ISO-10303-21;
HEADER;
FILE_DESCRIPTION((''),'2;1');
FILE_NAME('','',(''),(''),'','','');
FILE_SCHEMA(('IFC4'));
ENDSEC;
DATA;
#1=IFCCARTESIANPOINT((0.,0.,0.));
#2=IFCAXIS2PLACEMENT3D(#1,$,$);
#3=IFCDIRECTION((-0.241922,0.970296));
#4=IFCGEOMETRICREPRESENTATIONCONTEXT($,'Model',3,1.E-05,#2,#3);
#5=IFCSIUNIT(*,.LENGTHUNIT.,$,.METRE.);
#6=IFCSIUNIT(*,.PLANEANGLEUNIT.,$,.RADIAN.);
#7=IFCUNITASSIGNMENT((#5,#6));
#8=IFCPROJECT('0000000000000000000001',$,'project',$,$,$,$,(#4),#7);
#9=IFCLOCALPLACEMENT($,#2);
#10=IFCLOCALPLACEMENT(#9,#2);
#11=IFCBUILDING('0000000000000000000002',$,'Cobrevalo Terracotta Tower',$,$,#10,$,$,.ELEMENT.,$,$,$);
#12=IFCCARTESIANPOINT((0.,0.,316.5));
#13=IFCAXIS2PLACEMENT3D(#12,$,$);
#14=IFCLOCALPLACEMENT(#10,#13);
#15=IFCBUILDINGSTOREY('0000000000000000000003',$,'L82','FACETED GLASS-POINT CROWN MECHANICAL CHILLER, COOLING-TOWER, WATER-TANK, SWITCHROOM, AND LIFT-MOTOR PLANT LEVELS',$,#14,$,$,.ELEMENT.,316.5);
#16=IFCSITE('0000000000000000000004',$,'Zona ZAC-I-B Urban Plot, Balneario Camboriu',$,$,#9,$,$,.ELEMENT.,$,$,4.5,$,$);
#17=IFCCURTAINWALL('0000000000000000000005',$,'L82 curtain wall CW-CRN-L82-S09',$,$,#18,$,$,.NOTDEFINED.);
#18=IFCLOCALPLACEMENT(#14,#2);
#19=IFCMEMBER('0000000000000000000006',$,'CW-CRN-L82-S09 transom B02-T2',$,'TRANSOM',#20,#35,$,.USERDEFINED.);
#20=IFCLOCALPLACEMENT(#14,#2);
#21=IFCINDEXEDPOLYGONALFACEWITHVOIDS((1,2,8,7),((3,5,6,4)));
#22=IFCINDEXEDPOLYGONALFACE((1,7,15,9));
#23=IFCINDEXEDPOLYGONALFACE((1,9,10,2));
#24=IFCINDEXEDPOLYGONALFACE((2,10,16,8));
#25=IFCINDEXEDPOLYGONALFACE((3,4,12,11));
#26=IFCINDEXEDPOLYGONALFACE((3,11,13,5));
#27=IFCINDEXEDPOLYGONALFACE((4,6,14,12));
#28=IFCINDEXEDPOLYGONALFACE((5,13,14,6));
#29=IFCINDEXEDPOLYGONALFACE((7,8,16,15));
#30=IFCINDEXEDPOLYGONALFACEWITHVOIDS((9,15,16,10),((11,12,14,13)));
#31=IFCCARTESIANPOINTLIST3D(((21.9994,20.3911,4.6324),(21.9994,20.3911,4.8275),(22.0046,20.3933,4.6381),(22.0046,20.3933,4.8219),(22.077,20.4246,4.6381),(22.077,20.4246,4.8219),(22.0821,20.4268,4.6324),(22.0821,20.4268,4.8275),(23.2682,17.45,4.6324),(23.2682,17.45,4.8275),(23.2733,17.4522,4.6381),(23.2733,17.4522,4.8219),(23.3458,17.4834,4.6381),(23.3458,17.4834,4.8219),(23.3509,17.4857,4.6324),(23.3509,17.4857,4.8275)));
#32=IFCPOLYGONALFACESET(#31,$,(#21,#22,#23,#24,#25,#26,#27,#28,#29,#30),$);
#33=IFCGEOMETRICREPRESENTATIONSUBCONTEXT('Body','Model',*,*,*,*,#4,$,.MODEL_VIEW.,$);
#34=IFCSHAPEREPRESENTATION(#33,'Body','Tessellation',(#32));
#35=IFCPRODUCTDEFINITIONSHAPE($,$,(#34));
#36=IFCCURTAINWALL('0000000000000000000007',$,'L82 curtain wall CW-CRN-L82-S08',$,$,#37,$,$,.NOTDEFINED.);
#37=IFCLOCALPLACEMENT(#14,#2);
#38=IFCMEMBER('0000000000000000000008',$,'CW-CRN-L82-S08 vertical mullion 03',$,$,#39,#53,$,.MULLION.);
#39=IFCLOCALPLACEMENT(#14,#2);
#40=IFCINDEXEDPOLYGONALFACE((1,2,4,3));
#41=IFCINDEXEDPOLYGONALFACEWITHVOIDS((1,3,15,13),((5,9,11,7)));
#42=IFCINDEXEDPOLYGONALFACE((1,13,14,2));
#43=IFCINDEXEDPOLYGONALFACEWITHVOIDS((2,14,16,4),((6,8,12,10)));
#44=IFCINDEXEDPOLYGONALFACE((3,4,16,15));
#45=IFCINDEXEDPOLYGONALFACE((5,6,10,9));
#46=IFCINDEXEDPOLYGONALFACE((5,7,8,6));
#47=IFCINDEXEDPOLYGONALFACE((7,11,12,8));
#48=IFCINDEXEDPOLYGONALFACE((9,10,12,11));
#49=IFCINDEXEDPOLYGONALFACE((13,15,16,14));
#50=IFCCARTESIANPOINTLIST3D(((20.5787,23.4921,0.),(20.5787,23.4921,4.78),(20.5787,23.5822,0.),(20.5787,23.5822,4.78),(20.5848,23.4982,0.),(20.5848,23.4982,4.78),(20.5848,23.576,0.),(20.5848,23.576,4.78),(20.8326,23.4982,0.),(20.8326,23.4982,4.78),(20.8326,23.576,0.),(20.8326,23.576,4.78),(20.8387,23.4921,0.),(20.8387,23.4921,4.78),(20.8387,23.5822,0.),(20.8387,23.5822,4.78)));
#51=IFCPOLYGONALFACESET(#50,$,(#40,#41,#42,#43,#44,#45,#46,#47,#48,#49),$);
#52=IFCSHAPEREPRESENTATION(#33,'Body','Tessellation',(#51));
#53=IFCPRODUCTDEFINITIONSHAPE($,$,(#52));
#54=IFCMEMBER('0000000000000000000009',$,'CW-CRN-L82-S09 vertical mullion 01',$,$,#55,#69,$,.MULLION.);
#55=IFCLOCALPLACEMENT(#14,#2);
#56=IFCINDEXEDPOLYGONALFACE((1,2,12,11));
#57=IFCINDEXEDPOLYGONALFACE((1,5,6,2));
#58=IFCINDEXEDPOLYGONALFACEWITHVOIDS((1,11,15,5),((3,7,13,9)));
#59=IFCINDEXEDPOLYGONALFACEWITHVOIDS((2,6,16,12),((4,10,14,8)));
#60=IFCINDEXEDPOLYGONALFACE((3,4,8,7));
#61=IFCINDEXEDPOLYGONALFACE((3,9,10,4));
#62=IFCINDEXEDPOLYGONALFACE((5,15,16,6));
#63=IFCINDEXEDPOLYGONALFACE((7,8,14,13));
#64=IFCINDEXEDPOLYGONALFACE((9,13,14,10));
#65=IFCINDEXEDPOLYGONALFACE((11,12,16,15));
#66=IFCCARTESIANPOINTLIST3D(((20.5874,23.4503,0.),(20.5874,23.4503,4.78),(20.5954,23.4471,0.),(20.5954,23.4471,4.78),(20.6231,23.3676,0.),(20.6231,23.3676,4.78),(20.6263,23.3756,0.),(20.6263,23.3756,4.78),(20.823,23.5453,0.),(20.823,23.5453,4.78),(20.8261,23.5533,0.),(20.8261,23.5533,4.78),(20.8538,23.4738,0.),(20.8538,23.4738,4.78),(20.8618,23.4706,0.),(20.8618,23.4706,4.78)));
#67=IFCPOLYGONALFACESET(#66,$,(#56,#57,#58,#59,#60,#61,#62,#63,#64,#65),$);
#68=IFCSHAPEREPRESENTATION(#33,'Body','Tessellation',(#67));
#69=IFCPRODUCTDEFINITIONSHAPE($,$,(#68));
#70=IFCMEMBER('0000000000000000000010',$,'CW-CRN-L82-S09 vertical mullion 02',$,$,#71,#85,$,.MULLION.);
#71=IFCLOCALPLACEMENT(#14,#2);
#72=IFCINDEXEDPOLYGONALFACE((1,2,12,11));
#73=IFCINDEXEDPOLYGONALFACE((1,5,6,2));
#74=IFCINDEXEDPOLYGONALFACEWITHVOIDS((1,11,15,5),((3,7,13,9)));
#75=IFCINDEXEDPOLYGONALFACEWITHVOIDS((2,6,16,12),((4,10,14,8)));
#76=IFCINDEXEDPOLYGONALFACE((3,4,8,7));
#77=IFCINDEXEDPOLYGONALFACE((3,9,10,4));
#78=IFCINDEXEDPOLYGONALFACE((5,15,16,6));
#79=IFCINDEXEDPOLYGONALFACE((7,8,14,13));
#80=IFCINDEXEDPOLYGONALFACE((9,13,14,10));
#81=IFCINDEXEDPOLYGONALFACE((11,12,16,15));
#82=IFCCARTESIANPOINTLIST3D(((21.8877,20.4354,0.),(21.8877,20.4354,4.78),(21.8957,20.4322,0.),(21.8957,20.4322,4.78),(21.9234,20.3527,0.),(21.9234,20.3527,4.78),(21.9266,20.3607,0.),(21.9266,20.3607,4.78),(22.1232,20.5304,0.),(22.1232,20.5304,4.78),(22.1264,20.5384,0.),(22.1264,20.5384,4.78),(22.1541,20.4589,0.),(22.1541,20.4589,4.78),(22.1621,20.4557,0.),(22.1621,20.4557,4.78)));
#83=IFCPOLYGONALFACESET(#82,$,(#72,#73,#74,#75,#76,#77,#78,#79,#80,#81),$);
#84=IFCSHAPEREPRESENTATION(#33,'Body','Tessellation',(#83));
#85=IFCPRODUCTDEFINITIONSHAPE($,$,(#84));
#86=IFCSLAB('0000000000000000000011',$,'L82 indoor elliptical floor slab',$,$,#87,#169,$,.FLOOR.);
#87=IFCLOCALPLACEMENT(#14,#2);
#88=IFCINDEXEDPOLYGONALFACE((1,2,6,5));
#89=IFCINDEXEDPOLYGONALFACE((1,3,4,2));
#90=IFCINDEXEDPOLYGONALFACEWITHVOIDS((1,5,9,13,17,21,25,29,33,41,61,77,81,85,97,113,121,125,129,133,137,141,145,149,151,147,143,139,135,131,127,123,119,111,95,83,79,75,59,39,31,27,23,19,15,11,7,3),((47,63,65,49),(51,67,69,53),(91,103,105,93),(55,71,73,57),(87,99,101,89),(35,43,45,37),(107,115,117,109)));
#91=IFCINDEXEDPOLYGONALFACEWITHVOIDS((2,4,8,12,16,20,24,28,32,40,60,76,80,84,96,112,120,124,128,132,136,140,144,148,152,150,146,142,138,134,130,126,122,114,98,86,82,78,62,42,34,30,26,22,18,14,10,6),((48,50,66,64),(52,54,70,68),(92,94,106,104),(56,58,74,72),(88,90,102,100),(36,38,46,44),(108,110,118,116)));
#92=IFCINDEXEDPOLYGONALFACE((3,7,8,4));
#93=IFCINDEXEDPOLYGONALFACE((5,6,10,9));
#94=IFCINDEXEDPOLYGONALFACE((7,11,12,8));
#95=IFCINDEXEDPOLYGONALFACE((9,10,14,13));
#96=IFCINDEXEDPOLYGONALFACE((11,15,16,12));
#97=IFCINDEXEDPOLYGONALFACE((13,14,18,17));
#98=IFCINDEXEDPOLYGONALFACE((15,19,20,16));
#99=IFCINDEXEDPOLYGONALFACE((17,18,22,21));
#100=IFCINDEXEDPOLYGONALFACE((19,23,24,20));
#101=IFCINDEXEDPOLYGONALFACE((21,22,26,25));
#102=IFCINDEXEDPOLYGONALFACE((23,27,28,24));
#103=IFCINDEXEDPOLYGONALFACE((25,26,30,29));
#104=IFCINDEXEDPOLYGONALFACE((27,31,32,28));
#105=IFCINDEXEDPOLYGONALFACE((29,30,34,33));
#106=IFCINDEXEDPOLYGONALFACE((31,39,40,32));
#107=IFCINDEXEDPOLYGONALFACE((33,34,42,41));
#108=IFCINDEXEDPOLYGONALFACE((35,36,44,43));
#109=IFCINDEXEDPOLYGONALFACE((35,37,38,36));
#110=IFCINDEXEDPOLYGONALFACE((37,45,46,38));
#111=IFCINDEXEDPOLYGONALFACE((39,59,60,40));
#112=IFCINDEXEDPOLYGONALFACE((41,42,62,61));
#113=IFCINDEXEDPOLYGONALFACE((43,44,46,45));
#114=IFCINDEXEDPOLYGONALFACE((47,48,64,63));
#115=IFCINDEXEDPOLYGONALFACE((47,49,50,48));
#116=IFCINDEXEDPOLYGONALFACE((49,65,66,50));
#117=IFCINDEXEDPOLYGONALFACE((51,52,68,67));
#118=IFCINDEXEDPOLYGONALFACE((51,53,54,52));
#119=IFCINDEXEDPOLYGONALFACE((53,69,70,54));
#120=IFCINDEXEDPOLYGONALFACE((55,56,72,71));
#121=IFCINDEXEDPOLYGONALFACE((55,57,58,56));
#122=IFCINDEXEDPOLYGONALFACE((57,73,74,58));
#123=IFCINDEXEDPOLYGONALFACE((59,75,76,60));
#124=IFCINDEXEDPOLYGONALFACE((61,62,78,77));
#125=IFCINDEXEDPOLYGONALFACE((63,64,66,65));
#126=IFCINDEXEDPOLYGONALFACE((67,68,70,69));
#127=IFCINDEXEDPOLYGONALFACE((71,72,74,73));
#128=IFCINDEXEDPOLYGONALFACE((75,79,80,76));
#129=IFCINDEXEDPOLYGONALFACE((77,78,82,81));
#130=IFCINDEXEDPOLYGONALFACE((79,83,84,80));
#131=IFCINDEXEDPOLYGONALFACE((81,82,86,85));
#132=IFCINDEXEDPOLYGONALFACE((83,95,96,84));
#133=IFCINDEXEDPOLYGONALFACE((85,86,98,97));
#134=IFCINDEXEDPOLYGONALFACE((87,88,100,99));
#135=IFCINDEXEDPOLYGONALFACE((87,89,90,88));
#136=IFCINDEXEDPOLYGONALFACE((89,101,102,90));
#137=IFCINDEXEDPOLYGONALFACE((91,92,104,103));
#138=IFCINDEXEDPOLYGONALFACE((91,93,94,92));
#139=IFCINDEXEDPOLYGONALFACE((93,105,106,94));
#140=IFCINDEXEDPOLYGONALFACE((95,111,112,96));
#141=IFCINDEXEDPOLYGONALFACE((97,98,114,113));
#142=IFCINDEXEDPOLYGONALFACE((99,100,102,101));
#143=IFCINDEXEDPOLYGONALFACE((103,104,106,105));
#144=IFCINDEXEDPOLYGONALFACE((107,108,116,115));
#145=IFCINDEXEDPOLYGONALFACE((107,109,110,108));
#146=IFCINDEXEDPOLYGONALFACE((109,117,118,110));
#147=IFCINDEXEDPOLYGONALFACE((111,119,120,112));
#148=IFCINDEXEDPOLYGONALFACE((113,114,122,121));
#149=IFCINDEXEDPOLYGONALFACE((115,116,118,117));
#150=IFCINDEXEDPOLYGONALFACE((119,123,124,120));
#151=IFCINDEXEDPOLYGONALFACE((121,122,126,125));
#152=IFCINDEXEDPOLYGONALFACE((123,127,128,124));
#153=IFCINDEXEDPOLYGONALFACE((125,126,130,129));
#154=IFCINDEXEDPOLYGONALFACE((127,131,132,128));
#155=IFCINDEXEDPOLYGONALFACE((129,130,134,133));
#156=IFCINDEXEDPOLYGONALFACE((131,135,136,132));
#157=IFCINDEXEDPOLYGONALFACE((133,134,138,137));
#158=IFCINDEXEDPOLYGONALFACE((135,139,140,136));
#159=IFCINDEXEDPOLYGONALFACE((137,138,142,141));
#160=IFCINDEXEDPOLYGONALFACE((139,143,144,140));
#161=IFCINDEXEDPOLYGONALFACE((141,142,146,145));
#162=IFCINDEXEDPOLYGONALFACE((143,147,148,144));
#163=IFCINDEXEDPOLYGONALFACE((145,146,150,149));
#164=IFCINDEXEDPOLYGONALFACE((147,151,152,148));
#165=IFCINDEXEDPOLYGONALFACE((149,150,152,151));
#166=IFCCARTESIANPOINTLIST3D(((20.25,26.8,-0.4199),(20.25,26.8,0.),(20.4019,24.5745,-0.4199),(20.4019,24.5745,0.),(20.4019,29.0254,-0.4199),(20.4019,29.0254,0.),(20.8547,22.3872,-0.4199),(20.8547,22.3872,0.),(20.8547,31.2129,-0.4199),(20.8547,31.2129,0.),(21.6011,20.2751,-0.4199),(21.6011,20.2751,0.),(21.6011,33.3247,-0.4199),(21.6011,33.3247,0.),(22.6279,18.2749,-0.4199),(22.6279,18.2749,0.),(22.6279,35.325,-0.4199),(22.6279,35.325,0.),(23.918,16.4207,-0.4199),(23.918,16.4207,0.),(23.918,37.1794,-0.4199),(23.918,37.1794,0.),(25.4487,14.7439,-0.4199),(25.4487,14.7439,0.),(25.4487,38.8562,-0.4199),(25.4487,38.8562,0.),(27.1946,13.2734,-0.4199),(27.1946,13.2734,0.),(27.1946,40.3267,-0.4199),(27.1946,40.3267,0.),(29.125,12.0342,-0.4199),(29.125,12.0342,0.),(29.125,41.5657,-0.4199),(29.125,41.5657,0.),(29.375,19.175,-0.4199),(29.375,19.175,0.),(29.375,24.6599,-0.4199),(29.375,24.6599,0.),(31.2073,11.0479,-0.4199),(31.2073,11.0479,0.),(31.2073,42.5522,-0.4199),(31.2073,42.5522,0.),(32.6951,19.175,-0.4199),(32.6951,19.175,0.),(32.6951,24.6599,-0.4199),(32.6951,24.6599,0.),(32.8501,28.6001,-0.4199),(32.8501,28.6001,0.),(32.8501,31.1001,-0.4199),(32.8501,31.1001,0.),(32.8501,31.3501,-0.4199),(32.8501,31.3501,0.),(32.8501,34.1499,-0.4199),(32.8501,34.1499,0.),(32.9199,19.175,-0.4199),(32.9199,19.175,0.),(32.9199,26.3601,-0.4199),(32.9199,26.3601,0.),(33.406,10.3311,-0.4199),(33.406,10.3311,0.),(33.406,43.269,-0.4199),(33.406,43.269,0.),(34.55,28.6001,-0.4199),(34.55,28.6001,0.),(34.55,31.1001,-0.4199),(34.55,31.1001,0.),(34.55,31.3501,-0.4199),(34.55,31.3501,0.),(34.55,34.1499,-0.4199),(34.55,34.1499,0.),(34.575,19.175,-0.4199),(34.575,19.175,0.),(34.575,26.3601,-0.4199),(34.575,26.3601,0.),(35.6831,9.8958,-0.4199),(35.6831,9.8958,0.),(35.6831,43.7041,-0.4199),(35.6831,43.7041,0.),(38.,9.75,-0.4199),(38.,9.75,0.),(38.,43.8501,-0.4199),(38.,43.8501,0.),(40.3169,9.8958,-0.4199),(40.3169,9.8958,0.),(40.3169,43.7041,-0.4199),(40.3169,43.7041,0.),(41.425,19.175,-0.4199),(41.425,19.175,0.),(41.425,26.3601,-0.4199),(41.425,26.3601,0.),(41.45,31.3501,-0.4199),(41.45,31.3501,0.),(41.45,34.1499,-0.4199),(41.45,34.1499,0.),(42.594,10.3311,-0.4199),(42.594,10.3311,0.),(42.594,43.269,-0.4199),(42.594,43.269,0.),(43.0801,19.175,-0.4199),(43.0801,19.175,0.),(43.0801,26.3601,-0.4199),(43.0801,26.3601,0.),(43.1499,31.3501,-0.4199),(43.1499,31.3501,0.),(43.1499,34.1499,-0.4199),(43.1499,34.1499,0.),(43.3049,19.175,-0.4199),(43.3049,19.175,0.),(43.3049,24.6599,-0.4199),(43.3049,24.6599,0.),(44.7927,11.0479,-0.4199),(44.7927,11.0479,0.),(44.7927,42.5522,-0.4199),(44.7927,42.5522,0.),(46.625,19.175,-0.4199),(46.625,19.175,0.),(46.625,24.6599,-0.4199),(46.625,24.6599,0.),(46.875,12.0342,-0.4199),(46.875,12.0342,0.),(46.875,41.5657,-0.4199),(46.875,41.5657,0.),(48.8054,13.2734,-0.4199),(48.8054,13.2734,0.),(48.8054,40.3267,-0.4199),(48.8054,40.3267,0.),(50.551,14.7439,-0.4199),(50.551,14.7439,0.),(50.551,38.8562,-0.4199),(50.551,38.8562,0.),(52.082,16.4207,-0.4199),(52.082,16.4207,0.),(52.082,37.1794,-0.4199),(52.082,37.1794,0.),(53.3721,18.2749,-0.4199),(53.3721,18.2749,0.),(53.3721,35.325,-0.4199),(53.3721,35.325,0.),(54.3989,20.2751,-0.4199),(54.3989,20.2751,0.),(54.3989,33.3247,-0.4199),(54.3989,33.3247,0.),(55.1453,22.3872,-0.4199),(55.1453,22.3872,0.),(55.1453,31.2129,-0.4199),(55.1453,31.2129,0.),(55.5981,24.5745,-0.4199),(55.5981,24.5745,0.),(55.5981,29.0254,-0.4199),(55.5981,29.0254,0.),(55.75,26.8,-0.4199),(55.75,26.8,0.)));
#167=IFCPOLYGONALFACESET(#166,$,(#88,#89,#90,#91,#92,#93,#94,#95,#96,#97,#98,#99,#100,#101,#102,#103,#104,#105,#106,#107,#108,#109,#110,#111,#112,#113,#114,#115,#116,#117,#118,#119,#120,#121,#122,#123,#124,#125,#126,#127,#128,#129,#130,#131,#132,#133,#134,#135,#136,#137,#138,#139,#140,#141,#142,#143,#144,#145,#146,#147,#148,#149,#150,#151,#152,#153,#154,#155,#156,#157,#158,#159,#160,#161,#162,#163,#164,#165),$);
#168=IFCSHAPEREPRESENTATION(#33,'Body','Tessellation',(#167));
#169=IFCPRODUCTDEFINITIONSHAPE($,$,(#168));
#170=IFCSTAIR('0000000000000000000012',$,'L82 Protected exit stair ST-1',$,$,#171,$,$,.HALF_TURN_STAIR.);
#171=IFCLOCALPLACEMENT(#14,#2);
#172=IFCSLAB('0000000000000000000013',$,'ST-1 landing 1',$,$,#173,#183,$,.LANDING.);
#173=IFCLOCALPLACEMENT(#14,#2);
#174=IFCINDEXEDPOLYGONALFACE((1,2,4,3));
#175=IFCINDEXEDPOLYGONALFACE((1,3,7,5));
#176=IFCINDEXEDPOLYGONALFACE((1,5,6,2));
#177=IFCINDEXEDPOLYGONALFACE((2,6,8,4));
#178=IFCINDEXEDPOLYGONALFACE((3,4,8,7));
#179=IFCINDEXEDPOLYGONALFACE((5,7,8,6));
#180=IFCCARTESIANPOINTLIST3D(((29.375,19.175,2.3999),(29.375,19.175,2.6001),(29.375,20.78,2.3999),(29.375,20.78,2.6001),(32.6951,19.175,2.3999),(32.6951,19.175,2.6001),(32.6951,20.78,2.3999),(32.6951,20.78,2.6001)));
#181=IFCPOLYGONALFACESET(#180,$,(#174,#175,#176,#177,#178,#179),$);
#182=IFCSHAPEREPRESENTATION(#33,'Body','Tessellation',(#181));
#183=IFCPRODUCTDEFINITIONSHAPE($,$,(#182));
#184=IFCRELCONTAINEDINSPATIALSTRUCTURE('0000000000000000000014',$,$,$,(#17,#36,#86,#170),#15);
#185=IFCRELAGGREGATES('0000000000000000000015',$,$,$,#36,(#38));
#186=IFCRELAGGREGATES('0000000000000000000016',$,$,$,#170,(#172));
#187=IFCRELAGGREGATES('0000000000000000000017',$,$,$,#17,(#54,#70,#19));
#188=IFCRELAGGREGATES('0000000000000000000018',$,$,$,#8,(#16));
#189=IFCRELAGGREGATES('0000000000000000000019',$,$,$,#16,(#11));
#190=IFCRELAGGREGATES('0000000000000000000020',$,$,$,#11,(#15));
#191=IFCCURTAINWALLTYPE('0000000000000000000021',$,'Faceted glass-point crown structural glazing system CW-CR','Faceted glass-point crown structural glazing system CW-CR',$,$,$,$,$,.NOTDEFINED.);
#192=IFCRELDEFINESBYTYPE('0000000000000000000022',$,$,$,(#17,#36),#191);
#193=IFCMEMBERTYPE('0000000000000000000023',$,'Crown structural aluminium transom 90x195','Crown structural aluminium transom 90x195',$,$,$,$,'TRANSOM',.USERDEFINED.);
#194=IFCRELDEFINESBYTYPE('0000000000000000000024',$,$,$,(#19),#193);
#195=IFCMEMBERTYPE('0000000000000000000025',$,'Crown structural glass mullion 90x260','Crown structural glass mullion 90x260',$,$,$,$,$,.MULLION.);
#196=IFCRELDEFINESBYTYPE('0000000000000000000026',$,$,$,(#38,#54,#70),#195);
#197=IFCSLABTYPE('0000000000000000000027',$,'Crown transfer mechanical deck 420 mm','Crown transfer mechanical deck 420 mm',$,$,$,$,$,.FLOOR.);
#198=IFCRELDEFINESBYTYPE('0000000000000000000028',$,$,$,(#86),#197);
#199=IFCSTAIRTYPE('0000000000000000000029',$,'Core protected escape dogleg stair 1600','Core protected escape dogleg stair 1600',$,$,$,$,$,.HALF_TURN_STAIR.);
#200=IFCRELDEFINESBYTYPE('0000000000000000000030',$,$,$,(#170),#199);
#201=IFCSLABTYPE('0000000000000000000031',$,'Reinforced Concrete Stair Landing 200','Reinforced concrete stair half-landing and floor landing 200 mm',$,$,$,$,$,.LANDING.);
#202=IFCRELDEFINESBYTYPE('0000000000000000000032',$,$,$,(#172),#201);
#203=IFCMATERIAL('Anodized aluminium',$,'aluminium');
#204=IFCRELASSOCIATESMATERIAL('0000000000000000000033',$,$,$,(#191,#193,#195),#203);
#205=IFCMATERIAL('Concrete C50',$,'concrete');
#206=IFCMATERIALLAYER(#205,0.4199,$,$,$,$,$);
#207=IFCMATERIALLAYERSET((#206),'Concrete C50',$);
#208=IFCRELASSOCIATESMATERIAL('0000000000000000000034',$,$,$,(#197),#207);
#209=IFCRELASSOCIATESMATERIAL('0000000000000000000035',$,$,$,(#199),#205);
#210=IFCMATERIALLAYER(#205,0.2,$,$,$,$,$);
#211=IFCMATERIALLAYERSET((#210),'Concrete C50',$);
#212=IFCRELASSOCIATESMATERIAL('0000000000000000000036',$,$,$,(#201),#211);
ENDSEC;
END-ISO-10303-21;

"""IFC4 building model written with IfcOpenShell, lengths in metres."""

from ifc_helpers import new_model, si_unit, direction, frame, origin, origin_2d, place, context, subcontext, project, spatial, polyline, hollow_rectangle, outline, extrude, source, transform, mapped, material, layer, layer_set, material_profile, profile_set, type_object, element, aggregate, save


model = new_model("IFC4")

# Units and contexts
model_context = context("Model", 3, precision=1e-05, world=origin(), true_north=direction((-0.241922, 0.970296)))
body_context = subcontext(model_context, "Body", "Model", "MODEL_VIEW")
ifc_project = project(units=[si_unit("LENGTHUNIT", "METRE"), si_unit("PLANEANGLEUNIT", "RADIAN")], contexts=[model_context])

# Site, building, storey
site_placement = place(None, origin())
site = spatial("IfcSite", under=ifc_project, at=site_placement, Name="Zona ZAC-I-B Urban Plot, Balneario Camboriu", CompositionType="ELEMENT", RefElevation=4.5)
building_placement = place(site_placement, origin())
building = spatial("IfcBuilding", under=site, at=building_placement, Name="Cobrevalo Terracotta Tower", CompositionType="ELEMENT")
storey_placement = place(building_placement, frame((0.0, 0.0, 316.5)))
storey = spatial("IfcBuildingStorey", under=building, at=storey_placement, Name="L82", Description="FACETED GLASS-POINT CROWN MECHANICAL CHILLER, COOLING-TOWER, WATER-TANK, SWITCHROOM, AND LIFT-MOTOR PLANT LEVELS", CompositionType="ELEMENT", Elevation=316.5)

# Curtain wall, member
ifc_material_1 = material(Name="Anodized aluminium", Category="aluminium")
curtain_wall_type = type_object("IfcCurtainWallType", Name="Faceted glass-point crown structural glazing system CW-CR", Description="Faceted glass-point crown structural glazing system CW-CR", PredefinedType="NOTDEFINED", material=ifc_material_1)
curtain_wall_1_placement = place(storey_placement, origin())
curtain_wall_1 = element("IfcCurtainWall", 1, at=curtain_wall_1_placement, inside=storey, type_object=curtain_wall_type, Name="L82 curtain wall CW-CRN-L82-S09", PredefinedType="NOTDEFINED")
ifc_material_profile_1 = material_profile(ifc_material_1, hollow_rectangle(XDim=0.0901, YDim=0.1951, WallThickness=0.0056, at=origin_2d()), Name="CWT 90x195")
ifc_profile_set_1 = profile_set([ifc_material_profile_1], Name="Anodized aluminium")
member_type_1 = type_object("IfcMemberType", Name="Crown structural aluminium transom 90x195", Description="Crown structural aluminium transom 90x195", ElementType="TRANSOM", PredefinedType="USERDEFINED", material=ifc_profile_set_1)
shared_shape_1 = source(origin(), body_context, "Body", "SweptSolid", [
    extrude(hollow_rectangle(XDim=0.0901, YDim=0.1951, WallThickness=0.0056, at=origin_2d()), origin(), (0.0, 0.0, 1.0), 3.2031),
])
member_1_placement = place(storey_placement, frame((22.0408, 20.4089, 4.73), z_axis=(0.396107, -0.918204, 0.0), x_axis=(0.918204, 0.396107, 0.0)))
member_1 = element("IfcMember", 2, at=member_1_placement, type_object=member_type_1, Name="CW-CRN-L82-S09 transom B02-T2", ObjectType="TRANSOM", PredefinedType="USERDEFINED", context=body_context, shape_type="MappedRepresentation", body=[
    mapped(shared_shape_1, transform((0.0, 0.0, 0.0), scale=1.0)),
])

# Curtain wall, member
curtain_wall_2_placement = place(storey_placement, origin())
curtain_wall_2 = element("IfcCurtainWall", 3, at=curtain_wall_2_placement, inside=storey, type_object=curtain_wall_type, Name="L82 curtain wall CW-CRN-L82-S08", PredefinedType="NOTDEFINED")
ifc_material_profile_2 = material_profile(ifc_material_1, hollow_rectangle(XDim=0.0901, YDim=0.26, WallThickness=0.0061, at=origin_2d()), Name="CWM 90x260")
ifc_profile_set_2 = profile_set([ifc_material_profile_2], Name="Anodized aluminium")
member_type_2 = type_object("IfcMemberType", Name="Crown structural glass mullion 90x260", Description="Crown structural glass mullion 90x260", PredefinedType="MULLION", material=ifc_profile_set_2)
shared_shape_2 = source(origin(), body_context, "Body", "SweptSolid", [
    extrude(hollow_rectangle(XDim=0.0901, YDim=0.26, WallThickness=0.0061, at=origin_2d()), origin(), (0.0, 0.0, 1.0), 4.78),
])
member_2_placement = place(storey_placement, frame((20.7087, 23.5371, 0.0), z_axis=(0.0, 0.0, 1.0), x_axis=(0.0, -1.0, 0.0)))
member_2 = element("IfcMember", 4, at=member_2_placement, type_object=member_type_2, Name="CW-CRN-L82-S08 vertical mullion 03", PredefinedType="MULLION", context=body_context, shape_type="MappedRepresentation", body=[
    mapped(shared_shape_2, transform((0.0, 0.0, 0.0), scale=1.0)),
])
aggregate(curtain_wall_2, [member_2])

# Members
member_3_placement = place(storey_placement, frame((20.7246, 23.4604, 0.0), z_axis=(0.0, 0.0, 1.0), x_axis=(0.396058, -0.918225, 0.0)))
member_3 = element("IfcMember", 5, at=member_3_placement, type_object=member_type_2, Name="CW-CRN-L82-S09 vertical mullion 01", PredefinedType="MULLION", context=body_context, shape_type="MappedRepresentation", body=[
    mapped(shared_shape_2, transform((0.0, 0.0, 0.0), scale=1.0)),
])
member_4_placement = place(storey_placement, frame((22.0249, 20.4456, 0.0), z_axis=(0.0, 0.0, 1.0), x_axis=(0.396058, -0.918225, 0.0)))
member_4 = element("IfcMember", 6, at=member_4_placement, type_object=member_type_2, Name="CW-CRN-L82-S09 vertical mullion 02", PredefinedType="MULLION", context=body_context, shape_type="MappedRepresentation", body=[
    mapped(shared_shape_2, transform((0.0, 0.0, 0.0), scale=1.0)),
])

# Slab
ifc_material_2 = material(Name="Concrete C50", Category="concrete")
ifc_layer_1 = layer(ifc_material_2, 0.4199)
ifc_layer_set_1 = layer_set([ifc_layer_1], Name="Concrete C50")
slab_type_1 = type_object("IfcSlabType", Name="Crown transfer mechanical deck 420 mm", Description="Crown transfer mechanical deck 420 mm", PredefinedType="FLOOR", material=ifc_layer_set_1)
slab_1_placement = place(storey_placement, frame((0.0, 0.0, -0.4199)))
element("IfcSlab", 7, at=slab_1_placement, inside=storey, type_object=slab_type_1, Name="L82 indoor elliptical floor slab", PredefinedType="FLOOR", context=body_context, shape_type="SweptSolid", body=[
    extrude(outline(polyline([(55.5981, 24.5745), (55.1453, 22.3872), (54.3989, 20.2751), (53.3721, 18.2749), (52.082, 16.4207), (50.551, 14.7439), (48.8054, 13.2734), (46.875, 12.0342), (44.7927, 11.0479), (42.594, 10.3311), (40.3169, 9.8958), (38.0, 9.75), (35.6831, 9.8958), (33.406, 10.3311), (31.2073, 11.0479), (29.125, 12.0342), (27.1946, 13.2734), (25.4487, 14.7439), (23.918, 16.4207), (22.6279, 18.2749), (21.6011, 20.2751), (20.8547, 22.3872), (20.4019, 24.5745), (20.25, 26.8), (20.4019, 29.0254), (20.8547, 31.2129), (21.6011, 33.3247), (22.6279, 35.325), (23.918, 37.1794), (25.4487, 38.8562), (27.1946, 40.3267), (29.125, 41.5657), (31.2073, 42.5522), (33.406, 43.269), (35.6831, 43.7041), (38.0, 43.8501), (40.3169, 43.7041), (42.594, 43.269), (44.7927, 42.5522), (46.875, 41.5657), (48.8054, 40.3267), (50.551, 38.8562), (52.082, 37.1794), (53.3721, 35.325), (54.3989, 33.3247), (55.1453, 31.2129), (55.5981, 29.0254), (55.75, 26.8), (55.5981, 24.5745)]), holes=[polyline([(32.6951, 24.6599), (29.375, 24.6599), (29.375, 19.175), (32.6951, 19.175), (32.6951, 24.6599)]), polyline([(46.625, 19.175), (46.625, 24.6599), (43.3049, 24.6599), (43.3049, 19.175), (46.625, 19.175)]), polyline([(34.575, 26.3601), (32.9199, 26.3601), (32.9199, 19.175), (34.575, 19.175), (34.575, 26.3601)]), polyline([(43.0801, 26.3601), (41.425, 26.3601), (41.425, 19.175), (43.0801, 19.175), (43.0801, 26.3601)]), polyline([(34.55, 31.1001), (32.8501, 31.1001), (32.8501, 28.6001), (34.55, 28.6001), (34.55, 31.1001)]), polyline([(34.55, 34.1499), (32.8501, 34.1499), (32.8501, 31.3501), (34.55, 31.3501), (34.55, 34.1499)]), polyline([(43.1499, 34.1499), (41.45, 34.1499), (41.45, 31.3501), (43.1499, 31.3501), (43.1499, 34.1499)])]), origin(), (0.0, 0.0, 1.0), 0.4199),
])

# Stair, slab
stair_type = type_object("IfcStairType", Name="Core protected escape dogleg stair 1600", Description="Core protected escape dogleg stair 1600", PredefinedType="HALF_TURN_STAIR", material=ifc_material_2)
stair_1_placement = place(storey_placement, origin())
stair_1 = element("IfcStair", 8, at=stair_1_placement, inside=storey, type_object=stair_type, Name="L82 Protected exit stair ST-1", PredefinedType="HALF_TURN_STAIR")
ifc_layer_2 = layer(ifc_material_2, 0.2)
ifc_layer_set_2 = layer_set([ifc_layer_2], Name="Concrete C50")
slab_type_2 = type_object("IfcSlabType", Name="Reinforced Concrete Stair Landing 200", Description="Reinforced concrete stair half-landing and floor landing 200 mm", PredefinedType="LANDING", material=ifc_layer_set_2)
slab_2_placement = place(storey_placement, frame((0.0, 0.0, 2.3999)))
slab_2 = element("IfcSlab", 9, at=slab_2_placement, type_object=slab_type_2, Name="ST-1 landing 1", PredefinedType="LANDING", context=body_context, shape_type="SweptSolid", body=[
    extrude(outline(polyline([(29.375, 20.78), (29.375, 19.175), (32.6951, 19.175), (32.6951, 20.78), (29.375, 20.78)])), origin(), (0.0, 0.0, 1.0), 0.2002),
])
aggregate(stair_1, [slab_2])

aggregate(curtain_wall_1, [member_3, member_4, member_1])

save(model, "model.ifc")
